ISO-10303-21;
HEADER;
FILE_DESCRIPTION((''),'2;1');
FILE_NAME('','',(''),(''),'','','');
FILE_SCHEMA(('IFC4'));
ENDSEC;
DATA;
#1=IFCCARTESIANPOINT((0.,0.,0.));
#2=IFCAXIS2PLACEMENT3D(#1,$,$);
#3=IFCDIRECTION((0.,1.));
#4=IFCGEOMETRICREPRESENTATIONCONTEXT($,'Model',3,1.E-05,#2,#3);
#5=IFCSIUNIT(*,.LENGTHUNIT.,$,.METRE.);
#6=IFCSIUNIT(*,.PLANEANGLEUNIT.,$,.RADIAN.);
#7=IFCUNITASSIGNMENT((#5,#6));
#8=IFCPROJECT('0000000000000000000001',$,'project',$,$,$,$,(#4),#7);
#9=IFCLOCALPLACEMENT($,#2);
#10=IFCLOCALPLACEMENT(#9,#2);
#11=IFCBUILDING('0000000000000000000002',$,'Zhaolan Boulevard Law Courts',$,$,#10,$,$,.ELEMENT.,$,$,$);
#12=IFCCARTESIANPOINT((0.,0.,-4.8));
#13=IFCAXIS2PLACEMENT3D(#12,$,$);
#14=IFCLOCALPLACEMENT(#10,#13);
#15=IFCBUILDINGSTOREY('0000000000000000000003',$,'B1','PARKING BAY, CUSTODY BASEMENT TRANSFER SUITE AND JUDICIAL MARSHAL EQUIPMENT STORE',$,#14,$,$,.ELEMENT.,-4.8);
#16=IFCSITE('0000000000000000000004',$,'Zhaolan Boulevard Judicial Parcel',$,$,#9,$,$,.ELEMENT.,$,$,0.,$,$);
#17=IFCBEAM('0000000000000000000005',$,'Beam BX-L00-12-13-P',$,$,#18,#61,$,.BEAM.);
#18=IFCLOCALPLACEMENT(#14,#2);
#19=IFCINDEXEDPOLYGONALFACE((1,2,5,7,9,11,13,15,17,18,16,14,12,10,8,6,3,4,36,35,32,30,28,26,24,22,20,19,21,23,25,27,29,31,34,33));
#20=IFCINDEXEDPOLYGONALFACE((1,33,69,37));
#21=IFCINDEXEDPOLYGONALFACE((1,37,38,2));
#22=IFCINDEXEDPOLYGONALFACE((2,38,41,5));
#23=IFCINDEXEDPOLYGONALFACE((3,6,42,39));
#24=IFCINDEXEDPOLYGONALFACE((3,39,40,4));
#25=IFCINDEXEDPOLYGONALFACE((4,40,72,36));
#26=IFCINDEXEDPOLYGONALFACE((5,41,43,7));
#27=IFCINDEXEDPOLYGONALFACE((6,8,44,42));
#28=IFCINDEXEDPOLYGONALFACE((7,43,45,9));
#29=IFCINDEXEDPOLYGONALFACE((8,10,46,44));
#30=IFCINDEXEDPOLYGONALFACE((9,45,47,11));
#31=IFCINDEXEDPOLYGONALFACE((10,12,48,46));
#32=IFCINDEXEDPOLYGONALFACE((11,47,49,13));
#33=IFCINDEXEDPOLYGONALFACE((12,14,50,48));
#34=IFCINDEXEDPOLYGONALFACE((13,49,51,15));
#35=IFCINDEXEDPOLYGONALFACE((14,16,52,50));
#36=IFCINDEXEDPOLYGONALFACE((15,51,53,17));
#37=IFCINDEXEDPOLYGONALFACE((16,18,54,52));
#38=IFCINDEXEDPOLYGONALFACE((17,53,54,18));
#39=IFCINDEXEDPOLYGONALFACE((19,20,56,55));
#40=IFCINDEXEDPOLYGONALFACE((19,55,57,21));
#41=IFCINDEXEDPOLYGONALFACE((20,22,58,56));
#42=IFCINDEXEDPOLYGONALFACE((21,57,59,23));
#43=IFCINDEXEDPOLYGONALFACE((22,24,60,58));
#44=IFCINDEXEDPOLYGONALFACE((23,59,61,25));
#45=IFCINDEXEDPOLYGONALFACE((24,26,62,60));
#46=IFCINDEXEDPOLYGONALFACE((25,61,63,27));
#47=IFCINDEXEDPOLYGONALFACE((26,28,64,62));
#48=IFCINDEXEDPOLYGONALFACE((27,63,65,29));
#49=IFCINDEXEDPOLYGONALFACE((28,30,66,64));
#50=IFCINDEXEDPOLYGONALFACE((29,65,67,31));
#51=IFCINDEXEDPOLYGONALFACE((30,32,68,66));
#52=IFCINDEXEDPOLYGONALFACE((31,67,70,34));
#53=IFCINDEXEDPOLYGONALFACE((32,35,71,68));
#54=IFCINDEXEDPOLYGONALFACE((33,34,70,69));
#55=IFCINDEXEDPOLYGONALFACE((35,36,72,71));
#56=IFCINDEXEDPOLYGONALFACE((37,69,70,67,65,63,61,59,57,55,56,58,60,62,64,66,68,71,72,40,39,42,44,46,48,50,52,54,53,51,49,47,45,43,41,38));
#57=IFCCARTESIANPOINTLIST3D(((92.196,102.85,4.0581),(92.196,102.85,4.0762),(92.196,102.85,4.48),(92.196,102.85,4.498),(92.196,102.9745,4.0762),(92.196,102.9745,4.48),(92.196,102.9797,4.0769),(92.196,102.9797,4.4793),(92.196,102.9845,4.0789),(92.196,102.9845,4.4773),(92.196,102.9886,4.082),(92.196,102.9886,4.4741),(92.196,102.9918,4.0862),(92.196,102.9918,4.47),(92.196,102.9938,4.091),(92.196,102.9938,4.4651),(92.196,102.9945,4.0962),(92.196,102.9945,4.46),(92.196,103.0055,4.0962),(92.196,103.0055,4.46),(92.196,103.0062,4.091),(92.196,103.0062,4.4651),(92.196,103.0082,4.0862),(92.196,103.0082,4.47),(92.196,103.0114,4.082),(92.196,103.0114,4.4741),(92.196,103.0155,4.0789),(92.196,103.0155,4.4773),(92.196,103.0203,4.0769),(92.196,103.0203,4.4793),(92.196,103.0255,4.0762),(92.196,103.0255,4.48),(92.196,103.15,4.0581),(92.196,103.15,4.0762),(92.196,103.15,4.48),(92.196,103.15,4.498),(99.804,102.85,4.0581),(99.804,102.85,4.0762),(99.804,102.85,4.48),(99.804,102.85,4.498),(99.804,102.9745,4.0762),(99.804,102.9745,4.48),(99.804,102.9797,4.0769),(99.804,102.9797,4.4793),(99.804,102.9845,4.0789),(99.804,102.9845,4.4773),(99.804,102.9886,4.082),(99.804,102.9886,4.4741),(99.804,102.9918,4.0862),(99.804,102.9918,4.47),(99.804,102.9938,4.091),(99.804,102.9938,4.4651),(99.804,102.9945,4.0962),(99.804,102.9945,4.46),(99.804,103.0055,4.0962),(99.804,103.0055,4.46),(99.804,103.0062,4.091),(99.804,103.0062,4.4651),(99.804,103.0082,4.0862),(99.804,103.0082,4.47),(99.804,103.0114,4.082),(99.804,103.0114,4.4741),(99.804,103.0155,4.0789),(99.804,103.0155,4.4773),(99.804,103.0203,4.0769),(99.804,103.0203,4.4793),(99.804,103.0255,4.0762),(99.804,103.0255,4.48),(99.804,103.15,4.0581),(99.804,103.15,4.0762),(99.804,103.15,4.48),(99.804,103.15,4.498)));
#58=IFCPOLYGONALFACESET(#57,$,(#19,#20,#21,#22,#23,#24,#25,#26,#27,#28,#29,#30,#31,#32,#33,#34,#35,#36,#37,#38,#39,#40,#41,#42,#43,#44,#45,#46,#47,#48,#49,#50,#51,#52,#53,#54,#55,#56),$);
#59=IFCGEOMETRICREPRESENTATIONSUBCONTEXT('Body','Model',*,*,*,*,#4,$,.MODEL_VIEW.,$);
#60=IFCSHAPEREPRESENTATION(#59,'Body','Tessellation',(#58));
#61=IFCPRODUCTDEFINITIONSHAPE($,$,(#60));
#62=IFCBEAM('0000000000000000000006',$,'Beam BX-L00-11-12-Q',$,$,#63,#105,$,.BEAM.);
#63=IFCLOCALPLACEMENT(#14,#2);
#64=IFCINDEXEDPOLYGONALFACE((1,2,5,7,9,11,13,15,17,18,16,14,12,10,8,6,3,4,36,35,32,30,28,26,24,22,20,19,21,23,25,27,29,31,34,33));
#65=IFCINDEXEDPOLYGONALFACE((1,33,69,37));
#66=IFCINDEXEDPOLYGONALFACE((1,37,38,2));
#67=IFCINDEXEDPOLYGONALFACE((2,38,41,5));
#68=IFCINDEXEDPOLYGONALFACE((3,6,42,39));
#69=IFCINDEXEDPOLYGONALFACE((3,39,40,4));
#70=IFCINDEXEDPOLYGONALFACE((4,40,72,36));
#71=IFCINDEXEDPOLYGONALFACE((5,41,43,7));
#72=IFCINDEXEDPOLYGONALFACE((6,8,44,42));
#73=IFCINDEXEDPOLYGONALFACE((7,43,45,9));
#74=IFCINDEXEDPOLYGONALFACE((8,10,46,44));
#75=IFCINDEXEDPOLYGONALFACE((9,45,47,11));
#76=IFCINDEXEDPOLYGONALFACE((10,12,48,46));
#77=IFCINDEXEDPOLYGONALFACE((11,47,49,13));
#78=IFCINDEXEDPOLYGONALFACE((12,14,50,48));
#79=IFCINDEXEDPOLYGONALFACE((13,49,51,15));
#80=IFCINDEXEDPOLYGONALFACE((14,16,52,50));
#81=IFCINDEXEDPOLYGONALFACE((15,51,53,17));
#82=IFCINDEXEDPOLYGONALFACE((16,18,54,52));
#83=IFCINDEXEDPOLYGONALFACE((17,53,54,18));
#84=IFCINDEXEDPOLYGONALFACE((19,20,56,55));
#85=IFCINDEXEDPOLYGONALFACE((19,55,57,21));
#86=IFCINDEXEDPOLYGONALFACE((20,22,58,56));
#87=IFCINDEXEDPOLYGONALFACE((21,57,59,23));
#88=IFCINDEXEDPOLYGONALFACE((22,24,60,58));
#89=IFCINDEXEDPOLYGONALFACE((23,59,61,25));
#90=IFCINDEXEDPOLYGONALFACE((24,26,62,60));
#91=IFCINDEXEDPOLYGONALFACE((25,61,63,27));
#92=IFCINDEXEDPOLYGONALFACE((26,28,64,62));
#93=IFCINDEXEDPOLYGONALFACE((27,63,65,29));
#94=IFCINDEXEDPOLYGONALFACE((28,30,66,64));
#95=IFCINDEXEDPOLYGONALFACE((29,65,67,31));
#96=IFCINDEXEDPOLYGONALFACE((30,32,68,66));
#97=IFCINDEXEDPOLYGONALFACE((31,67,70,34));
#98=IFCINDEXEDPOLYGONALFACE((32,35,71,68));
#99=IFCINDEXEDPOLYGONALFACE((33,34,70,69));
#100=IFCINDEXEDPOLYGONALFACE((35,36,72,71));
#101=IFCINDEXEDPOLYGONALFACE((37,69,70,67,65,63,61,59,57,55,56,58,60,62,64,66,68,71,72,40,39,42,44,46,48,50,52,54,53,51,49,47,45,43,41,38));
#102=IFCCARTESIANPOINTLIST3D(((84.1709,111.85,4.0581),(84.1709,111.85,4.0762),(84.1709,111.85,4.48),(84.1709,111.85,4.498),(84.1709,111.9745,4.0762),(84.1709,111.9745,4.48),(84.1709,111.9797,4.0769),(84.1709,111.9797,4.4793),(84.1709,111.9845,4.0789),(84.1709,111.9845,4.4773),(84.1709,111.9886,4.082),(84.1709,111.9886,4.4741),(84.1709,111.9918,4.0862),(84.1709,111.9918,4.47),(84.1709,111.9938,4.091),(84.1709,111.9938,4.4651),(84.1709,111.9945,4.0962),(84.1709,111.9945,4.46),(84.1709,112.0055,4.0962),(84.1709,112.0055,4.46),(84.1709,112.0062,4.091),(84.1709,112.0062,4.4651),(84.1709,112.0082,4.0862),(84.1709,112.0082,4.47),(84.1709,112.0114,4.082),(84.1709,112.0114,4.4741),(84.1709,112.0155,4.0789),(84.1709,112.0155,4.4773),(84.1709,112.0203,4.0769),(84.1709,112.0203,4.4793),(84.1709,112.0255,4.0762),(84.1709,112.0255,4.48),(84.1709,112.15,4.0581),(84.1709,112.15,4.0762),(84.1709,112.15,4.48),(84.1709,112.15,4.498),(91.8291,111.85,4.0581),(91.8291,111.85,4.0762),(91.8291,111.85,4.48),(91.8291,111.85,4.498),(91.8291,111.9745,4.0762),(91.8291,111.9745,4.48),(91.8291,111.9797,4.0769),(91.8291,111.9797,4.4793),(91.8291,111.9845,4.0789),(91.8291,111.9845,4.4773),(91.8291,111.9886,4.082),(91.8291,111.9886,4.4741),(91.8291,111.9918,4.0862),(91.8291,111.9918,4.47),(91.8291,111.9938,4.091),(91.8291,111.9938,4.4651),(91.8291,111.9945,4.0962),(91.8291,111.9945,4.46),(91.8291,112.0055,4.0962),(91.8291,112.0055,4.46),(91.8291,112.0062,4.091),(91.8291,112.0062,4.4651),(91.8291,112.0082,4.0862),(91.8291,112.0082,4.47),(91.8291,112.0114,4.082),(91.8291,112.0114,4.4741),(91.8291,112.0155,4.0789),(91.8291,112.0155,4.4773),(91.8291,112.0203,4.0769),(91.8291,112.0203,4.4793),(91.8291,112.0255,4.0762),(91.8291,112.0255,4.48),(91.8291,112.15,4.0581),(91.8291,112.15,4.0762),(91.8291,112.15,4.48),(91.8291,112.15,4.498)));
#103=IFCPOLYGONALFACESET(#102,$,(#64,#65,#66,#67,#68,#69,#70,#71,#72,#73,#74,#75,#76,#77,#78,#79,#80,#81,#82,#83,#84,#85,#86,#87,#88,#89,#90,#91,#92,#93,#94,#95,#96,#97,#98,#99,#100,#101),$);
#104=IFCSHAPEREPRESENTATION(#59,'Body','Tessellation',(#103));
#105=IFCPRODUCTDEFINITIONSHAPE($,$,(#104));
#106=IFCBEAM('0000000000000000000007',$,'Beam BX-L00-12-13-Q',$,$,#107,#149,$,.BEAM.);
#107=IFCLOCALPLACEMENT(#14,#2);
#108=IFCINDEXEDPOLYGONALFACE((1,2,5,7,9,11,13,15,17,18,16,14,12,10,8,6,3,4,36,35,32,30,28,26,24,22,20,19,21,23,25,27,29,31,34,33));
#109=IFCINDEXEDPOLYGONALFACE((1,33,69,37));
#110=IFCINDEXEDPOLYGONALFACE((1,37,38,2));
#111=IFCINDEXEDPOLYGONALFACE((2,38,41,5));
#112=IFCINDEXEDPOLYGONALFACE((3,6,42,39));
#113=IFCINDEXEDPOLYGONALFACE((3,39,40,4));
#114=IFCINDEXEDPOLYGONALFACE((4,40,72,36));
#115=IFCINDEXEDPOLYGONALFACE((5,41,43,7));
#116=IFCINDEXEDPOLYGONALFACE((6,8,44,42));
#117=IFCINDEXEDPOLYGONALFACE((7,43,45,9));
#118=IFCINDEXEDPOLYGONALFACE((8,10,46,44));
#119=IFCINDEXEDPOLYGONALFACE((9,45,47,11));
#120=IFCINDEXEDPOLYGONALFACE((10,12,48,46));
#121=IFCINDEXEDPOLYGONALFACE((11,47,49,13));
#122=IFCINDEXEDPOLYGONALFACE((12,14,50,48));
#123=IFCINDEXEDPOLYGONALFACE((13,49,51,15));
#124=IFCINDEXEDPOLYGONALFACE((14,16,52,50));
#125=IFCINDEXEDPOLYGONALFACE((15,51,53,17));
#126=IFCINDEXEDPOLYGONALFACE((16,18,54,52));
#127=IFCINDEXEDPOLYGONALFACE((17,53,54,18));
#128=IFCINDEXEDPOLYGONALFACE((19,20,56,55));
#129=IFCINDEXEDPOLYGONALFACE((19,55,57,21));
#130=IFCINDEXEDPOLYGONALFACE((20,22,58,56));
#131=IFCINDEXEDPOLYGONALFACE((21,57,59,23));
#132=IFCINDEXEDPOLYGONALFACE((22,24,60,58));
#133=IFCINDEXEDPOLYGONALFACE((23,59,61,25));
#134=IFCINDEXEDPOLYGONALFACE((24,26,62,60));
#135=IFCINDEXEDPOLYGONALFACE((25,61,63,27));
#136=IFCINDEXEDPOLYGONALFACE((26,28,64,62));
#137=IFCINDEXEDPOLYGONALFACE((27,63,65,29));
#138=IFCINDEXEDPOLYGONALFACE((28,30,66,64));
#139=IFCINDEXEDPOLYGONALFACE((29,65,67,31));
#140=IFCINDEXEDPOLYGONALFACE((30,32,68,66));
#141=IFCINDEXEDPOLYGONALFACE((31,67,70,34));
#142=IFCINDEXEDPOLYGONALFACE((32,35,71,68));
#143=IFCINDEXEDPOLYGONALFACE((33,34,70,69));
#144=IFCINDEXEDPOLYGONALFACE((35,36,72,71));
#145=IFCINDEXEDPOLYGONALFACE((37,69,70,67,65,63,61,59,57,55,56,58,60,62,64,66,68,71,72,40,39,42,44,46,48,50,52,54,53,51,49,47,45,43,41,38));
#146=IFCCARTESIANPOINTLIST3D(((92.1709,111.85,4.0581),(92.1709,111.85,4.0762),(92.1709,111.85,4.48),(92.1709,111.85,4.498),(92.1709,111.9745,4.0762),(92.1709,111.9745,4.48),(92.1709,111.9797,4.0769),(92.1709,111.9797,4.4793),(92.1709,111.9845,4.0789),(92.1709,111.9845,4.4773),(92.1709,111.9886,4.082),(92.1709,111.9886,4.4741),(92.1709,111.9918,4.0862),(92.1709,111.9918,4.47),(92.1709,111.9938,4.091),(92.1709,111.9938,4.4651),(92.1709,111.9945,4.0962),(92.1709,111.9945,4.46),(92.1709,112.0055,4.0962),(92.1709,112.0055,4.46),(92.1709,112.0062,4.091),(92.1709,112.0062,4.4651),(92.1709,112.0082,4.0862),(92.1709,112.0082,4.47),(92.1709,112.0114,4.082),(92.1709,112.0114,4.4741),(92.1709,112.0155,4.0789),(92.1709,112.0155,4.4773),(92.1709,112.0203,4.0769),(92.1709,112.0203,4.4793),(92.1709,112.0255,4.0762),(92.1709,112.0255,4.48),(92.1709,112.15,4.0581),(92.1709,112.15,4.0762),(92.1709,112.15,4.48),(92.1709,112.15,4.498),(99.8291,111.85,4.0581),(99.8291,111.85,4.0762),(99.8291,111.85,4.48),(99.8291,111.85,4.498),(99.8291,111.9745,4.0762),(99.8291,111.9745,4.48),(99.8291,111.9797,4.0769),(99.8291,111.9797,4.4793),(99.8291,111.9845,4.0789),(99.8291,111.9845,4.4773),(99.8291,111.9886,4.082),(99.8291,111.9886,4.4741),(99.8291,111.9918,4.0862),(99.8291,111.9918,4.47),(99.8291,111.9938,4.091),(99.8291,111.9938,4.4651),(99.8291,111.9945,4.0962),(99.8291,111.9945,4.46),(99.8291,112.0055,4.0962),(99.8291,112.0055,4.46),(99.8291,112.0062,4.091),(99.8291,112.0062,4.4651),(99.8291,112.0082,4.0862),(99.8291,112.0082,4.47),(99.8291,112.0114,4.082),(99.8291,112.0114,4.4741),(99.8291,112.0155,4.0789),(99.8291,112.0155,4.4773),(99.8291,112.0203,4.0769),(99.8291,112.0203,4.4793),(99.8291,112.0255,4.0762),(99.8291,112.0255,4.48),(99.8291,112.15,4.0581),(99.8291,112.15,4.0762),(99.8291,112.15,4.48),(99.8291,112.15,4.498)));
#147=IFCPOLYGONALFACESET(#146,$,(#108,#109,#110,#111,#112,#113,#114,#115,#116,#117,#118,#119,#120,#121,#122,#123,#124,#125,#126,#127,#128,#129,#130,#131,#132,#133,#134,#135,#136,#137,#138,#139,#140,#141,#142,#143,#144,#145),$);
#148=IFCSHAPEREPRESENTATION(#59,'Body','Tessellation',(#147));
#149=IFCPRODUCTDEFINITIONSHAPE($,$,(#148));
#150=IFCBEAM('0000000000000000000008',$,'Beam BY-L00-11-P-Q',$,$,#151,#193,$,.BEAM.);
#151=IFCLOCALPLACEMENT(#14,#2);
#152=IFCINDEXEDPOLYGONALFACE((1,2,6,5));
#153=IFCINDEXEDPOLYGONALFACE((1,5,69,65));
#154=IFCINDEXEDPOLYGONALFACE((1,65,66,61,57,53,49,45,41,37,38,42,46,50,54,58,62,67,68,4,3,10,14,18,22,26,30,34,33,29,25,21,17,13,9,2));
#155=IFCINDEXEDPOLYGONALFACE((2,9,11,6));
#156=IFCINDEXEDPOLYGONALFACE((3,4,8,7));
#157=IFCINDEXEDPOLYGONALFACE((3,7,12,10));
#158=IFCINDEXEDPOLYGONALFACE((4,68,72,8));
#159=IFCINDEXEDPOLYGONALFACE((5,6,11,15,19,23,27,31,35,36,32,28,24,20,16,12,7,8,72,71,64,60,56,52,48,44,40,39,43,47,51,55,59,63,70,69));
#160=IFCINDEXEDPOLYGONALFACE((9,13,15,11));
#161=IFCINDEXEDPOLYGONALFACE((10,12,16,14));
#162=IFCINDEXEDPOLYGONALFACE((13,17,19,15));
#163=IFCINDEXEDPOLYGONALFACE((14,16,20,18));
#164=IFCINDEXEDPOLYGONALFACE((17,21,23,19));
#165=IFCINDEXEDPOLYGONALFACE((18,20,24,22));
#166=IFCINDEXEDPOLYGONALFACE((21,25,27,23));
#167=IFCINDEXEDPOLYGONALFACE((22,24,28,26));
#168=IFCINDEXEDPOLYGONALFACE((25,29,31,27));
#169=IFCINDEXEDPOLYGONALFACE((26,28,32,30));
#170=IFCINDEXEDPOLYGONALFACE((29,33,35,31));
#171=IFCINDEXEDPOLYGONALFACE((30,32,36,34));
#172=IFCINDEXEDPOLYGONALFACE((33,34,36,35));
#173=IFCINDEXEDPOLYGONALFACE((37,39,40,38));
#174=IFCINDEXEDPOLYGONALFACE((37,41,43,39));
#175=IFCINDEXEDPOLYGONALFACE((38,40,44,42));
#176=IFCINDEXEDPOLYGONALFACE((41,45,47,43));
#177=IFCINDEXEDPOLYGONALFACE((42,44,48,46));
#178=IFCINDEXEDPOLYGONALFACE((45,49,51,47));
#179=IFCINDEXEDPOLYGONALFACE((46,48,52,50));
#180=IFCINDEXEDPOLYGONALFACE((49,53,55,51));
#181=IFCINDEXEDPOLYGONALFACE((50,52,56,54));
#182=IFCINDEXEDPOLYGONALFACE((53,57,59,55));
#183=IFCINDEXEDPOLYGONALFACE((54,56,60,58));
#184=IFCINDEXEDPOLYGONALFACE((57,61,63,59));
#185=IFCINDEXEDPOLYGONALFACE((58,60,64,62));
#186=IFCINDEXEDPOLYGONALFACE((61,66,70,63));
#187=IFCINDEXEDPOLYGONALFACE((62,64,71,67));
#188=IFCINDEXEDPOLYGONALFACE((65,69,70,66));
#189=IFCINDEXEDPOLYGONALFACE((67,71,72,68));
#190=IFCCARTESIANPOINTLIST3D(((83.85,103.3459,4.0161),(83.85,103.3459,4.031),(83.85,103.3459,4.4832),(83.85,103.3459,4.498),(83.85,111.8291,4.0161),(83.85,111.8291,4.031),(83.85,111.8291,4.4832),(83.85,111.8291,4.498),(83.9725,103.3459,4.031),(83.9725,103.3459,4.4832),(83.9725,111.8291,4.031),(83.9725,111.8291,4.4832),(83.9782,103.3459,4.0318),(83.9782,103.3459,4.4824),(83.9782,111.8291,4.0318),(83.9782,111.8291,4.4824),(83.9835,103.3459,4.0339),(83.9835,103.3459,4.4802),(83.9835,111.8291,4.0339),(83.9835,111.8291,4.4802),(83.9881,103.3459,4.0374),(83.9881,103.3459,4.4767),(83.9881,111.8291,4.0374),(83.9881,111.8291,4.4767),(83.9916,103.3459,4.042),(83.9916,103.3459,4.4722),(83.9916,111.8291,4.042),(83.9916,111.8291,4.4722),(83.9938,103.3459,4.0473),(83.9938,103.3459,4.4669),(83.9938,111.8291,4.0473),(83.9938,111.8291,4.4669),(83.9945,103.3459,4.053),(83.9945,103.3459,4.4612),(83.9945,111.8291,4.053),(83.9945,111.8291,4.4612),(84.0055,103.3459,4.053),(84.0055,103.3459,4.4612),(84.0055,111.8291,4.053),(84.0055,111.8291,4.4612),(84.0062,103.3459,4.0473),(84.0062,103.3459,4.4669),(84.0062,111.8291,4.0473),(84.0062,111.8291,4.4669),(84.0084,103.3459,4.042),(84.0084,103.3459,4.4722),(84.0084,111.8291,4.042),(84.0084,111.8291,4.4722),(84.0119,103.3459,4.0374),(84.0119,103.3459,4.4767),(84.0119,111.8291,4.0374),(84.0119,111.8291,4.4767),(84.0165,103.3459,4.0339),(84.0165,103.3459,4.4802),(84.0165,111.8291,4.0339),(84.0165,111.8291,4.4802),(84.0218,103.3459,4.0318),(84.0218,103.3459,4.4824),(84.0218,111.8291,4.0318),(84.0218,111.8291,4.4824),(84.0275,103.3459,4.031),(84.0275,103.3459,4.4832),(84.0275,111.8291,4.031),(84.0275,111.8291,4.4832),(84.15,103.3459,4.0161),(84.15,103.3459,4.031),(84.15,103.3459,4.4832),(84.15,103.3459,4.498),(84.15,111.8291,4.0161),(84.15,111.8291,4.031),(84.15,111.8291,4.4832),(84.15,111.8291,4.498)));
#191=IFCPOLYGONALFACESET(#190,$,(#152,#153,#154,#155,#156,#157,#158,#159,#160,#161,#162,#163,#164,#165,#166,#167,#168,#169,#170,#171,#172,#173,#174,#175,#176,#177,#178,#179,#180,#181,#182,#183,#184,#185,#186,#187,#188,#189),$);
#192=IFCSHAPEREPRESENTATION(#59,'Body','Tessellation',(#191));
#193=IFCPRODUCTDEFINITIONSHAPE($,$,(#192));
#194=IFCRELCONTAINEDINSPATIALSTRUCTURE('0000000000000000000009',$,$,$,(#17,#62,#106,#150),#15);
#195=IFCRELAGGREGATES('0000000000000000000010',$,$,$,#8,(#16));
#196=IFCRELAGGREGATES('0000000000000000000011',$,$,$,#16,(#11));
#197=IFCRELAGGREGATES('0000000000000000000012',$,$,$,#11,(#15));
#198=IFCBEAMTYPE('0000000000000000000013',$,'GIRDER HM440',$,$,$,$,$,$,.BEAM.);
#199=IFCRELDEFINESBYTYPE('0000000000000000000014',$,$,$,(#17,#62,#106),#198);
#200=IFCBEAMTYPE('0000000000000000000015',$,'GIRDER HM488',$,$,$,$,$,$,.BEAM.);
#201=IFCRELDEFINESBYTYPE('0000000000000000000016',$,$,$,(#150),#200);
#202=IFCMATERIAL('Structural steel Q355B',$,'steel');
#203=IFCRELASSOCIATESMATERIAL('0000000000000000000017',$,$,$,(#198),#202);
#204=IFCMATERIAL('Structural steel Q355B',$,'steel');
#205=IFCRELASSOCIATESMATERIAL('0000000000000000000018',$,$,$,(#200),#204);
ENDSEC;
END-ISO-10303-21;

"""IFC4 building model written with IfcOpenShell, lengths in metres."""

from ifc_helpers import new_model, si_unit, direction, frame, origin, origin_2d, place, context, subcontext, project, spatial, i_section, extrude, material, material_profile, profile_set, type_object, element, save


model = new_model("IFC4")

# Units and contexts
model_context = context("Model", 3, precision=1e-05, world=origin(), true_north=direction((0.0, 1.0)))
body_context = subcontext(model_context, "Body", "Model", "MODEL_VIEW")
ifc_project = project(units=[si_unit("LENGTHUNIT", "METRE"), si_unit("PLANEANGLEUNIT", "RADIAN")], contexts=[model_context])

# Site, building, storey
site_placement = place(None, origin())
site = spatial("IfcSite", under=ifc_project, at=site_placement, Name="Zhaolan Boulevard Judicial Parcel", CompositionType="ELEMENT", RefElevation=0.0)
building_placement = place(site_placement, origin())
building = spatial("IfcBuilding", under=site, at=building_placement, Name="Zhaolan Boulevard Law Courts", CompositionType="ELEMENT")
storey_placement = place(building_placement, frame((0.0, 0.0, -4.8)))
storey = spatial("IfcBuildingStorey", under=building, at=storey_placement, Name="B1", Description="PARKING BAY, CUSTODY BASEMENT TRANSFER SUITE AND JUDICIAL MARSHAL EQUIPMENT STORE", CompositionType="ELEMENT", Elevation=-4.8)

# Beams
ifc_material_1 = material(Name="Structural steel Q355B", Category="steel")
ifc_material_profile_1 = material_profile(ifc_material_1, i_section(OverallWidth=0.3, OverallDepth=0.4399, WebThickness=0.011, FlangeThickness=0.0181, FilletRadius=0.02, at=origin_2d()), Name="HM440x300")
ifc_profile_set_1 = profile_set([ifc_material_profile_1], Name="Structural steel Q355B")
beam_type_1 = type_object("IfcBeamType", Name="GIRDER HM440", PredefinedType="BEAM", material=ifc_profile_set_1)
beam_1_placement = place(storey_placement, frame((92.196, 103.0, 4.2781), z_axis=(1.0, 0.0, 0.0), x_axis=(0.0, 1.0, 0.0)))
element("IfcBeam", 1, at=beam_1_placement, inside=storey, type_object=beam_type_1, Name="Beam BX-L00-12-13-P", PredefinedType="BEAM", context=body_context, shape_type="SweptSolid", body=[
    extrude(i_section(OverallWidth=0.3, OverallDepth=0.4399, WebThickness=0.011, FlangeThickness=0.0181, FilletRadius=0.02, at=origin_2d()), origin(), (0.0, 0.0, 1.0), 7.6079),
])
for number, where, z_axis, x_axis, name in (
    (2, (84.1709, 112.0, 4.2781), (1.0, 0.0, 0.0), (0.0, 1.0, 0.0), "Beam BX-L00-11-12-Q"),
    (3, (92.1709, 112.0, 4.2781), (1.0, 0.0, 0.0), (0.0, 1.0, 0.0), "Beam BX-L00-12-13-Q"),
):
    element("IfcBeam", number, at=place(storey_placement, frame(where, z_axis=z_axis, x_axis=x_axis)), inside=storey, type_object=beam_type_1, Name=name, PredefinedType="BEAM", context=body_context, shape_type="SweptSolid", body=[
        extrude(i_section(OverallWidth=0.3, OverallDepth=0.4399, WebThickness=0.011, FlangeThickness=0.0181, FilletRadius=0.02, at=origin_2d()), origin(), (0.0, 0.0, 1.0), 7.6582),
    ])
ifc_material_2 = material(Name="Structural steel Q355B", Category="steel")
ifc_material_profile_2 = material_profile(ifc_material_2, i_section(OverallWidth=0.3, OverallDepth=0.4819, WebThickness=0.011, FlangeThickness=0.0149, FilletRadius=0.022, at=origin_2d()), Name="HM482x300")
ifc_profile_set_2 = profile_set([ifc_material_profile_2], Name="Structural steel Q355B")
beam_type_2 = type_object("IfcBeamType", Name="GIRDER HM488", PredefinedType="BEAM", material=ifc_profile_set_2)
beam_2_placement = place(storey_placement, frame((84.0, 103.3459, 4.2571), z_axis=(0.0, 1.0, 0.0), x_axis=(-1.0, 0.0, 0.0)))
element("IfcBeam", 4, at=beam_2_placement, inside=storey, type_object=beam_type_2, Name="Beam BY-L00-11-P-Q", PredefinedType="BEAM", context=body_context, shape_type="SweptSolid", body=[
    extrude(i_section(OverallWidth=0.3, OverallDepth=0.4819, WebThickness=0.011, FlangeThickness=0.0149, FilletRadius=0.022, at=origin_2d()), origin(), (0.0, 0.0, 1.0), 8.4832),
])

save(model, "model.ifc")
